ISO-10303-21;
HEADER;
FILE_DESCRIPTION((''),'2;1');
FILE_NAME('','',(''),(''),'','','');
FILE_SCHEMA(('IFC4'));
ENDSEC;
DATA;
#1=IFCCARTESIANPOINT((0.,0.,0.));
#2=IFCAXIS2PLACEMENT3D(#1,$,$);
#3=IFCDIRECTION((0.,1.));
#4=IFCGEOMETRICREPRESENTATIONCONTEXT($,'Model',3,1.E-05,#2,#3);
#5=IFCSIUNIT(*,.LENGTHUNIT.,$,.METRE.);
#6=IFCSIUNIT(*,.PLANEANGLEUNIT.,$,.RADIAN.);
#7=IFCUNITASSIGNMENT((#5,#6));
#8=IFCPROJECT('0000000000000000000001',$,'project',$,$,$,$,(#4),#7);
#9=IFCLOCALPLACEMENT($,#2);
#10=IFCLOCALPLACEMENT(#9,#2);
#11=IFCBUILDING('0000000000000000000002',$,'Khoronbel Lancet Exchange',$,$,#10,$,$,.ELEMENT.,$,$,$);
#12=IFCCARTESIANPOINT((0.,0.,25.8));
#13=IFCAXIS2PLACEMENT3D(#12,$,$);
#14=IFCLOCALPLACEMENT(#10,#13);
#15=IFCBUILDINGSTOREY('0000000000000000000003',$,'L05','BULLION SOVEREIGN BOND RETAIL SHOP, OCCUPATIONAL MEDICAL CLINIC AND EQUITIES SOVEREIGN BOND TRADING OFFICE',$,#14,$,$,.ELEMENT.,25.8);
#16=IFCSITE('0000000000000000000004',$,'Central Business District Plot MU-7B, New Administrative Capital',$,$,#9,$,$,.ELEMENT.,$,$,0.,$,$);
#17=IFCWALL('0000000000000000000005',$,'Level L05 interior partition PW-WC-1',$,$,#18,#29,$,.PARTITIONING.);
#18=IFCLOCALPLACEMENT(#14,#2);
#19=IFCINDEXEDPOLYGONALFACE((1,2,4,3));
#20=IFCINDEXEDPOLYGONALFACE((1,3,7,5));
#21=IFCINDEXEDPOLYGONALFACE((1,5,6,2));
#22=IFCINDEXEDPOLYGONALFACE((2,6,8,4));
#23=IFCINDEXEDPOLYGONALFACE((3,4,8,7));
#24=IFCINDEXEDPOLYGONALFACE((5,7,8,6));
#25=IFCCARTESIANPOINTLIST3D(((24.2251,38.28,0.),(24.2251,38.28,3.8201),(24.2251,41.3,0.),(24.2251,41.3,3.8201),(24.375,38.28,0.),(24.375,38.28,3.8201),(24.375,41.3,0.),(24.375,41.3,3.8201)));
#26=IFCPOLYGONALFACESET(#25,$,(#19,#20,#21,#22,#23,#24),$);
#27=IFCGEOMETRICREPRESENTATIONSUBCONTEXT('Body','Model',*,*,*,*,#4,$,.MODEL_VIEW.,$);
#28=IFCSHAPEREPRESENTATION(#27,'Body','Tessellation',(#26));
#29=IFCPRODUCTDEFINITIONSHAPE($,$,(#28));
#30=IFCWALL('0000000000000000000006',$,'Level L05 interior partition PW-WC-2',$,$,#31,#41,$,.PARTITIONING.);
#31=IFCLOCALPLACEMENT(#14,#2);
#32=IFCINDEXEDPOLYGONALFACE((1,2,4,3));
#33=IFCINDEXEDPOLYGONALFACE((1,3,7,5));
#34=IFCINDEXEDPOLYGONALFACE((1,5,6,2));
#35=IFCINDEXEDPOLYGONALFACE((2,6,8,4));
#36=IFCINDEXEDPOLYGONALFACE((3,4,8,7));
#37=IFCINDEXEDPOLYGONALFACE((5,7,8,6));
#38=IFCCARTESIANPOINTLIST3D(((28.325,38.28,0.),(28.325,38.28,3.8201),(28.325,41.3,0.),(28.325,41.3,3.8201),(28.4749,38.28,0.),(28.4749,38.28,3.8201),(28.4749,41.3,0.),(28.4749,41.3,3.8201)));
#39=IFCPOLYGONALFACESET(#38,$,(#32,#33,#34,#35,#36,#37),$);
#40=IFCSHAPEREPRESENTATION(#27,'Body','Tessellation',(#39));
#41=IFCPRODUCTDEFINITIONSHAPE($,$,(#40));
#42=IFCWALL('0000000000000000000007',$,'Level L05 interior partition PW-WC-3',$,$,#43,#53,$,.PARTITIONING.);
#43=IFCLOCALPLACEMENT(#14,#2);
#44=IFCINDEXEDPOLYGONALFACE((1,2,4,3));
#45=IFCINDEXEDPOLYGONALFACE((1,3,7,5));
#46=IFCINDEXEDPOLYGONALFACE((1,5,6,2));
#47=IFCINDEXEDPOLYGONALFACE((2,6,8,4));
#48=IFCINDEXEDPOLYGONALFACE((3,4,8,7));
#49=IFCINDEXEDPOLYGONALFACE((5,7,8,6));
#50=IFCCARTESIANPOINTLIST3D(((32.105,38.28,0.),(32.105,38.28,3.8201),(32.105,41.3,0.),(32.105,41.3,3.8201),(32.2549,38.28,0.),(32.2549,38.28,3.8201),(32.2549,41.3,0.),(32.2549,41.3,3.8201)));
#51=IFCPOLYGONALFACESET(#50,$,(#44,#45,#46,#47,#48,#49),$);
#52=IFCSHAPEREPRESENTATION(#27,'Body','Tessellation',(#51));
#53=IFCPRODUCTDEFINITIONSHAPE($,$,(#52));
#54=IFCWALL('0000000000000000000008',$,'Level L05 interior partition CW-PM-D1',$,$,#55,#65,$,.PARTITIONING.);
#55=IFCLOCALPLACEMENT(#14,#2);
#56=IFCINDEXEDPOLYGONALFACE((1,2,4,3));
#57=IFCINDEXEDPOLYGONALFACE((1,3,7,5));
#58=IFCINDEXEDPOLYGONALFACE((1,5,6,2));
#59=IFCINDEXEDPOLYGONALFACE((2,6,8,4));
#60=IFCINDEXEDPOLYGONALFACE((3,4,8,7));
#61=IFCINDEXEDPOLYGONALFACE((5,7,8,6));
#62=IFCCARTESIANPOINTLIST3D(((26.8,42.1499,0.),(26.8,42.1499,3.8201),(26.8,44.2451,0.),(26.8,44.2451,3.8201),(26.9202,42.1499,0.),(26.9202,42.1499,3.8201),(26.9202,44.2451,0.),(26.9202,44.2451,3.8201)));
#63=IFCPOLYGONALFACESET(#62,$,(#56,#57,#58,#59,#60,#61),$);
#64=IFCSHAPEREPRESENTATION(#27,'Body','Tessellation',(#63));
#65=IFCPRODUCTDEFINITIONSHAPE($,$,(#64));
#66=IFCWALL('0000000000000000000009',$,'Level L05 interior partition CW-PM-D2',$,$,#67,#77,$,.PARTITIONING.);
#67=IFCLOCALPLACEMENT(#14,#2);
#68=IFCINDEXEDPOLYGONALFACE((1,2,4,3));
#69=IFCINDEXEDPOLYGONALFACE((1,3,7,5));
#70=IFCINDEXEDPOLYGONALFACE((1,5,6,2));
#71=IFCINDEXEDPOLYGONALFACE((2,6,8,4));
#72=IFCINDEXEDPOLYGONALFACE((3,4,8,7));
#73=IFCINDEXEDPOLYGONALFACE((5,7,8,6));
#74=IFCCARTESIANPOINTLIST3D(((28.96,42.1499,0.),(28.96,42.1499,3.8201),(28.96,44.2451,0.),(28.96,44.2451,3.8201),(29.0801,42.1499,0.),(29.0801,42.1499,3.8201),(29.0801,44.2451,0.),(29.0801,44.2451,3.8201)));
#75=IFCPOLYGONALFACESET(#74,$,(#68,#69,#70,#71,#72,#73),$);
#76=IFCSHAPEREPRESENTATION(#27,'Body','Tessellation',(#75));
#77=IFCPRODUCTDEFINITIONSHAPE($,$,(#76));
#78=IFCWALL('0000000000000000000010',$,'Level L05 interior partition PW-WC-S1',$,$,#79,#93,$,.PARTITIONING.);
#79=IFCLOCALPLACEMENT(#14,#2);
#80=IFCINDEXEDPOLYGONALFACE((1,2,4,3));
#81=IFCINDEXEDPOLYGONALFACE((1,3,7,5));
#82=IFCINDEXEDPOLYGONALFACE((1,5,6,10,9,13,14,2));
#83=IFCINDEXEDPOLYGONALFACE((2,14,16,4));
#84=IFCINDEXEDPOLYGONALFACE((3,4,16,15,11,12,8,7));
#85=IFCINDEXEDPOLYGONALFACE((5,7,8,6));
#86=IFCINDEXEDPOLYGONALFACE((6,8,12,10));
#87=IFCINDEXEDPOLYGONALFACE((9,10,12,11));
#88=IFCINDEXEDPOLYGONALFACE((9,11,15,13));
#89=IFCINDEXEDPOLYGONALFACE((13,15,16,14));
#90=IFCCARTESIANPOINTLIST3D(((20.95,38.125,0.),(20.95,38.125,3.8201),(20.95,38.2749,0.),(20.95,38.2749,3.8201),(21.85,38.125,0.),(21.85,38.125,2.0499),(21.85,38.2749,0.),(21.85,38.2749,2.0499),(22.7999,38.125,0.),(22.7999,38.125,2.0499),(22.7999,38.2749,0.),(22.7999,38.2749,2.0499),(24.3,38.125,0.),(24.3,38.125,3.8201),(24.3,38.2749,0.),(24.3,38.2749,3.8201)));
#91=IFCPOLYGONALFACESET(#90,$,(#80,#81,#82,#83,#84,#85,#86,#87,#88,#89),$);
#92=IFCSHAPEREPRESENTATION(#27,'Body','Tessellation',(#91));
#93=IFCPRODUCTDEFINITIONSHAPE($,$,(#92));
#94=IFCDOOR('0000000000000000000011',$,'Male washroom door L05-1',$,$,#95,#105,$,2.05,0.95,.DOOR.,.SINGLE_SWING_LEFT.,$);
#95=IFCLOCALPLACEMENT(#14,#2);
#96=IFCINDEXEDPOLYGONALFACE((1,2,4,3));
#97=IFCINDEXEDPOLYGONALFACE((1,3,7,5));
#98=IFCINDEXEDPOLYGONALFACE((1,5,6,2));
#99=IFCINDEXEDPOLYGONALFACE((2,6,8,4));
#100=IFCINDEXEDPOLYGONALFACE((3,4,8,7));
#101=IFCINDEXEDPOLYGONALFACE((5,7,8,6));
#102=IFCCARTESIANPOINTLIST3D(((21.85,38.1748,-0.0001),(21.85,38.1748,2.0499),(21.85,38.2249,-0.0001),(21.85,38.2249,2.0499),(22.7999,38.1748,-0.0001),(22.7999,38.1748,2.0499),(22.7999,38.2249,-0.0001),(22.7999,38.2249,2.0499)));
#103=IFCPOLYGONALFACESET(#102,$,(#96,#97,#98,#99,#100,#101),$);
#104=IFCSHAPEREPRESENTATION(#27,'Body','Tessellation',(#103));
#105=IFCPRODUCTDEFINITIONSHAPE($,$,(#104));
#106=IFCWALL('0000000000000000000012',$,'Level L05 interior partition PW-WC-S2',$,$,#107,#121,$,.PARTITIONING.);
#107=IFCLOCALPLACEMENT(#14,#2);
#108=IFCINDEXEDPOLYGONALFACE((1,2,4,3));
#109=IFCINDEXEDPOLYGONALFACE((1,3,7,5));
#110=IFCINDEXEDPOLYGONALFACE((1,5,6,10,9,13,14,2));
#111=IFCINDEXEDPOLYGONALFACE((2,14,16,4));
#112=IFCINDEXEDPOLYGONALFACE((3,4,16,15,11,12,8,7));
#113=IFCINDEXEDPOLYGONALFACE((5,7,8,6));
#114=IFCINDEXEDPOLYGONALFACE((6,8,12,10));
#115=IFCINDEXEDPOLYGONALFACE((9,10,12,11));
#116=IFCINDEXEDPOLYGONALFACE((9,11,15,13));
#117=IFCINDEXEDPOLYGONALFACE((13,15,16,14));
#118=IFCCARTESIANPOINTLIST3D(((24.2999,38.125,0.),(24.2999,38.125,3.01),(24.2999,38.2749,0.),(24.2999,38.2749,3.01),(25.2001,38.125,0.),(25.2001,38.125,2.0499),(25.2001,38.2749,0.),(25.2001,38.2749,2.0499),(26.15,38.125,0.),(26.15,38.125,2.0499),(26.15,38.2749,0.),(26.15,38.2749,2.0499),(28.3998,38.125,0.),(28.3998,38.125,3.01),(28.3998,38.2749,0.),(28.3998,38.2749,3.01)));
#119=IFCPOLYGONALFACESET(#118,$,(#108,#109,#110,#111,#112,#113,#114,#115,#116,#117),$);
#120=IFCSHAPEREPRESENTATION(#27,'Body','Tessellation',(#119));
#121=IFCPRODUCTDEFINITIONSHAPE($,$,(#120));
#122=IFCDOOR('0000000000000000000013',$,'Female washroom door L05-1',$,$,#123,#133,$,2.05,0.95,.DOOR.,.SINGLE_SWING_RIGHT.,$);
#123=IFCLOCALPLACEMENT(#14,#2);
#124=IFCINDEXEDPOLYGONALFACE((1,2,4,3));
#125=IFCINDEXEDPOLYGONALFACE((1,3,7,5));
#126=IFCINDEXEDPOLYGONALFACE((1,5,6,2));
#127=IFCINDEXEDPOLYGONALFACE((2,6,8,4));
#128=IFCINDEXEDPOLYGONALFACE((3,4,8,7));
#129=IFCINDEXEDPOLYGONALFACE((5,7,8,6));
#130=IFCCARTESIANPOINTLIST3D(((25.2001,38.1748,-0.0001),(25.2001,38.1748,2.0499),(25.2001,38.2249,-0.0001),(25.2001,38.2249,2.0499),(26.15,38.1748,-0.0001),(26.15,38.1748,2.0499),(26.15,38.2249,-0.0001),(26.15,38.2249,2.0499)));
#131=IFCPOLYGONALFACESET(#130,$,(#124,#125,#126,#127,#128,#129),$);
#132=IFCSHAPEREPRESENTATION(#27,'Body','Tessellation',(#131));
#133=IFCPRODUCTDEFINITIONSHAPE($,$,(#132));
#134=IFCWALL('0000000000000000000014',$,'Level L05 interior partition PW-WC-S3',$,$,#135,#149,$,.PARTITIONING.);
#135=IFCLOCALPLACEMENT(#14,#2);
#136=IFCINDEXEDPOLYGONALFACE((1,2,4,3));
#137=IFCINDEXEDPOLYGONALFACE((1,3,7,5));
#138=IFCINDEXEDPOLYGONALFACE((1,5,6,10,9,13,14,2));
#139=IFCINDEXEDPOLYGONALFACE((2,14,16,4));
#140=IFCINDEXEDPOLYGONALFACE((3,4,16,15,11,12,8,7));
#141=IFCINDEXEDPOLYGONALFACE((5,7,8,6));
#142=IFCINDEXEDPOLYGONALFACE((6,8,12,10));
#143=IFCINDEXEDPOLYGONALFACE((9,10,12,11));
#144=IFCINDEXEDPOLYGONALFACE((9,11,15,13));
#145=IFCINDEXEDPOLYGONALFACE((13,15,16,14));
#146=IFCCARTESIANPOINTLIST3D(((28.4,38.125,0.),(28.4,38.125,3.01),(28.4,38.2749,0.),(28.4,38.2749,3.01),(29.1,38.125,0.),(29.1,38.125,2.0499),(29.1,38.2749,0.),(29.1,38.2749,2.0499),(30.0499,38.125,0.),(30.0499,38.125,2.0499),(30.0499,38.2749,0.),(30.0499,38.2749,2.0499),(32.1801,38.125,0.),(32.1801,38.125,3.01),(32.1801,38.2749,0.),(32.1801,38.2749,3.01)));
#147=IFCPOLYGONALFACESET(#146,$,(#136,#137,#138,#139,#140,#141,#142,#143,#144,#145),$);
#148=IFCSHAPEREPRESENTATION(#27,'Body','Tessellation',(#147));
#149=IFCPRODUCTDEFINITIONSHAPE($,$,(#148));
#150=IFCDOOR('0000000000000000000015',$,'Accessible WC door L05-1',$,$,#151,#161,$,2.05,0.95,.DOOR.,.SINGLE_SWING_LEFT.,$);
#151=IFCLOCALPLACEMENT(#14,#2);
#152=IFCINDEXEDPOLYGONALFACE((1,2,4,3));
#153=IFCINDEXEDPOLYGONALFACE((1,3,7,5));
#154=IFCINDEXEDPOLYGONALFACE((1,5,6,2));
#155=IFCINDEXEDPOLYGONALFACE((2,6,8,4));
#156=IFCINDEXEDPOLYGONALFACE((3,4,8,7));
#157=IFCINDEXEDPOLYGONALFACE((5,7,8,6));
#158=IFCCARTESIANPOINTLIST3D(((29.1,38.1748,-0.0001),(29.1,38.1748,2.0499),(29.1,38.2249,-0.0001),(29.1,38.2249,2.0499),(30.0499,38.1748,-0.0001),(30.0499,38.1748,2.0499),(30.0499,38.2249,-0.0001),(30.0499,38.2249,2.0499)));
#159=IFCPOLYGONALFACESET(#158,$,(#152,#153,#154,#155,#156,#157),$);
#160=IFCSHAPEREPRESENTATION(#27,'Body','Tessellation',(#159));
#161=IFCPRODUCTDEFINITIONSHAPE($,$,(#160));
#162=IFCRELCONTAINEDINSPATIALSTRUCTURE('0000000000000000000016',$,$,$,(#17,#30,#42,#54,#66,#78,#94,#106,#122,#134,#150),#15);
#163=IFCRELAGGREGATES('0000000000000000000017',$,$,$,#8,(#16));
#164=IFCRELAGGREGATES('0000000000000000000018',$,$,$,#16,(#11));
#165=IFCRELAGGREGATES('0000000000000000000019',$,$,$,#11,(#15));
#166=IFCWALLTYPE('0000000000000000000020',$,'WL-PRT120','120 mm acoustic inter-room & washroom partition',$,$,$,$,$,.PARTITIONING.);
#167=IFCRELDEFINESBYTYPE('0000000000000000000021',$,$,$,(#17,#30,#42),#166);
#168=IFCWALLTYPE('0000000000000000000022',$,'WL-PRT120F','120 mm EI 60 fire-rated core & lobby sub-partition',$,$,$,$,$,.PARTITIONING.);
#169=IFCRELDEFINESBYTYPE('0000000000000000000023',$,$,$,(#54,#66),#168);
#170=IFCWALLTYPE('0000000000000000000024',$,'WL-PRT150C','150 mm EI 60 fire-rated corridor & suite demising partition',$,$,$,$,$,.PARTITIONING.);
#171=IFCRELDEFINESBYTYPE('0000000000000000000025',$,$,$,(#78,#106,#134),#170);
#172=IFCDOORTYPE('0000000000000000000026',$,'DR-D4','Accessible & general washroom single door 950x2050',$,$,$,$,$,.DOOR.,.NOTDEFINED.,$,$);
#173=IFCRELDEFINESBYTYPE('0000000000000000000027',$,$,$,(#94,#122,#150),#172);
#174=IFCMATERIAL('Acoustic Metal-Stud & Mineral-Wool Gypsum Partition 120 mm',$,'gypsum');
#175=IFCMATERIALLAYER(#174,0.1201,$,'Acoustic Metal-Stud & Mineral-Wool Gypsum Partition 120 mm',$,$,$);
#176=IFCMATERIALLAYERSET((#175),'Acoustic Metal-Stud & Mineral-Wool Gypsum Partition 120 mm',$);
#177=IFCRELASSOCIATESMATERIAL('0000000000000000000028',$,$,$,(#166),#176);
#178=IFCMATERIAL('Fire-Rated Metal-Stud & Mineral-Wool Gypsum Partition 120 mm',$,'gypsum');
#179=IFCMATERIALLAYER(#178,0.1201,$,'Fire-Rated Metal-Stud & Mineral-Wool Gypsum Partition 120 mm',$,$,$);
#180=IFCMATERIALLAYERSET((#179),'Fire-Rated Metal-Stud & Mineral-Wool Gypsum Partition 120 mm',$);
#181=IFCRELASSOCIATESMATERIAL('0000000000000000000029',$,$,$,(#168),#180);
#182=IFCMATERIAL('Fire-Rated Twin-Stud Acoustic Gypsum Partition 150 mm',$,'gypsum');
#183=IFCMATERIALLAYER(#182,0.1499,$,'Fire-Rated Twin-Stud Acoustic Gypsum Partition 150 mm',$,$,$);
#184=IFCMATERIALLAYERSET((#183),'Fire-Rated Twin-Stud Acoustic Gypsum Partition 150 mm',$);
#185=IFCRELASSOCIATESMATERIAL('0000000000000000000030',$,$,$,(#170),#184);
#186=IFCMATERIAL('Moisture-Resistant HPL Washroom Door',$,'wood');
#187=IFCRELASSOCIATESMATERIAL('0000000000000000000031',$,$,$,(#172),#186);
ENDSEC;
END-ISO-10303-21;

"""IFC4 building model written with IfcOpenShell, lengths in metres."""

from ifc_helpers import new_model, si_unit, direction, frame, frame_2d, origin, place, context, subcontext, project, spatial, rectangle, extrude, material, layer, layer_set, type_object, element, fill, save


model = new_model("IFC4")

# Units and contexts
model_context = context("Model", 3, precision=1e-05, world=origin(), true_north=direction((0.0, 1.0)))
body_context = subcontext(model_context, "Body", "Model", "MODEL_VIEW")
ifc_project = project(units=[si_unit("LENGTHUNIT", "METRE"), si_unit("PLANEANGLEUNIT", "RADIAN")], contexts=[model_context])

# Site, building, storey
site_placement = place(None, origin())
site = spatial("IfcSite", under=ifc_project, at=site_placement, Name="Central Business District Plot MU-7B, New Administrative Capital", CompositionType="ELEMENT", RefElevation=0.0)
building_placement = place(site_placement, origin())
building = spatial("IfcBuilding", under=site, at=building_placement, Name="Khoronbel Lancet Exchange", CompositionType="ELEMENT")
storey_placement = place(building_placement, frame((0.0, 0.0, 25.8)))
storey = spatial("IfcBuildingStorey", under=building, at=storey_placement, Name="L05", Description="BULLION SOVEREIGN BOND RETAIL SHOP, OCCUPATIONAL MEDICAL CLINIC AND EQUITIES SOVEREIGN BOND TRADING OFFICE", CompositionType="ELEMENT", Elevation=25.8)

# Walls
ifc_material_1 = material(Name="Acoustic Metal-Stud & Mineral-Wool Gypsum Partition 120 mm", Category="gypsum")
ifc_layer_1 = layer(ifc_material_1, 0.1201, Name="Acoustic Metal-Stud & Mineral-Wool Gypsum Partition 120 mm")
ifc_layer_set_1 = layer_set([ifc_layer_1], Name="Acoustic Metal-Stud & Mineral-Wool Gypsum Partition 120 mm")
wall_type_1 = type_object("IfcWallType", Name="WL-PRT120", Description="120 mm acoustic inter-room & washroom partition", PredefinedType="PARTITIONING", material=ifc_layer_set_1)
for number, where, z_axis, x_axis, name in (
    (1, (24.3, 38.28, 0.0), (0.0, 0.0, 1.0), (0.0, 1.0, 0.0), "Level L05 interior partition PW-WC-1"),
    (2, (28.3999, 38.28, 0.0), (0.0, 0.0, 1.0), (0.0, 1.0, 0.0), "Level L05 interior partition PW-WC-2"),
    (3, (32.1799, 38.28, 0.0), (0.0, 0.0, 1.0), (0.0, 1.0, 0.0), "Level L05 interior partition PW-WC-3"),
):
    element("IfcWall", number, at=place(storey_placement, frame(where, z_axis=z_axis, x_axis=x_axis)), inside=storey, type_object=wall_type_1, Name=name, PredefinedType="PARTITIONING", context=body_context, shape_type="SweptSolid", body=[
        extrude(rectangle(XDim=3.02, YDim=0.1499, at=frame_2d((1.51, 0.0))), origin(), (0.0, 0.0, 1.0), 3.8201),
    ])
ifc_material_2 = material(Name="Fire-Rated Metal-Stud & Mineral-Wool Gypsum Partition 120 mm", Category="gypsum")
ifc_layer_2 = layer(ifc_material_2, 0.1201, Name="Fire-Rated Metal-Stud & Mineral-Wool Gypsum Partition 120 mm")
ifc_layer_set_2 = layer_set([ifc_layer_2], Name="Fire-Rated Metal-Stud & Mineral-Wool Gypsum Partition 120 mm")
wall_type_2 = type_object("IfcWallType", Name="WL-PRT120F", Description="120 mm EI 60 fire-rated core & lobby sub-partition", PredefinedType="PARTITIONING", material=ifc_layer_set_2)
for number, where, z_axis, x_axis, name in (
    (4, (26.8601, 42.1499, 0.0), (0.0, 0.0, 1.0), (0.0, 1.0, 0.0), "Level L05 interior partition CW-PM-D1"),
    (5, (29.02, 42.1499, 0.0), (0.0, 0.0, 1.0), (0.0, 1.0, 0.0), "Level L05 interior partition CW-PM-D2"),
):
    element("IfcWall", number, at=place(storey_placement, frame(where, z_axis=z_axis, x_axis=x_axis)), inside=storey, type_object=wall_type_2, Name=name, PredefinedType="PARTITIONING", context=body_context, shape_type="SweptSolid", body=[
        extrude(rectangle(XDim=2.0952, YDim=0.1201, at=frame_2d((1.0476, 0.0))), origin(), (0.0, 0.0, 1.0), 3.8201),
    ])

# Walls, openings, doors
ifc_material_3 = material(Name="Fire-Rated Twin-Stud Acoustic Gypsum Partition 150 mm", Category="gypsum")
ifc_layer_3 = layer(ifc_material_3, 0.1499, Name="Fire-Rated Twin-Stud Acoustic Gypsum Partition 150 mm")
ifc_layer_set_3 = layer_set([ifc_layer_3], Name="Fire-Rated Twin-Stud Acoustic Gypsum Partition 150 mm")
wall_type_3 = type_object("IfcWallType", Name="WL-PRT150C", Description="150 mm EI 60 fire-rated corridor & suite demising partition", PredefinedType="PARTITIONING", material=ifc_layer_set_3)
wall_1_placement = place(storey_placement, frame((20.95, 38.2, 0.0), z_axis=(0.0, 0.0, 1.0), x_axis=(1.0, 0.0, 0.0)))
wall_1 = element("IfcWall", 6, at=wall_1_placement, inside=storey, type_object=wall_type_3, Name="Level L05 interior partition PW-WC-S1", PredefinedType="PARTITIONING", context=body_context, shape_type="SweptSolid", body=[
    extrude(rectangle(XDim=3.3501, YDim=0.1499, at=frame_2d((1.675, 0.0))), origin(), (0.0, 0.0, 1.0), 3.8201),
])
opening_1_placement = place(wall_1_placement, frame((0.8999, 0.0, 0.0)))
opening_1 = element("IfcOpeningElement", 7, at=opening_1_placement, cuts=wall_1, PredefinedType="OPENING", context=body_context, shape_type="SweptSolid", body=[
    extrude(rectangle(XDim=0.95, YDim=2.05, at=frame_2d((0.4751, 1.0249))), frame((0.0, 0.085, 0.0), z_axis=(0.0, -1.0, 0.0), x_axis=(1.0, 0.0, 0.0)), (0.0, 0.0, 1.0), 0.1699),
])
ifc_material_4 = material(Name="Moisture-Resistant HPL Washroom Door", Category="wood")
door_type_1 = type_object("IfcDoorType", Name="DR-D4", Description="Accessible & general washroom single door 950x2050", OperationType="NOTDEFINED", PredefinedType="DOOR", material=ifc_material_4)
door_1_placement = place(opening_1_placement, origin())
door_1 = element("IfcDoor", 8, at=door_1_placement, inside=storey, type_object=door_type_1, Name="Male washroom door L05-1", OperationType="SINGLE_SWING_LEFT", OverallHeight=2.05, OverallWidth=0.95, PredefinedType="DOOR", context=body_context, shape_type="SweptSolid", body=[
    extrude(rectangle(XDim=0.95, YDim=2.05, at=frame_2d((0.4751, 1.0249))), frame((0.0, 0.0249, 0.0), z_axis=(0.0, -1.0, 0.0), x_axis=(1.0, 0.0, 0.0)), (0.0, 0.0, 1.0), 0.05),
])
fill(opening_1, door_1)
wall_2_placement = place(storey_placement, frame((24.3, 38.2, 0.0), z_axis=(0.0, 0.0, 1.0), x_axis=(1.0, 0.0, 0.0)))
wall_2 = element("IfcWall", 9, at=wall_2_placement, inside=storey, type_object=wall_type_3, Name="Level L05 interior partition PW-WC-S2", PredefinedType="PARTITIONING", context=body_context, shape_type="SweptSolid", body=[
    extrude(rectangle(XDim=4.0999, YDim=0.1499, at=frame_2d((2.0498, 0.0))), origin(), (0.0, 0.0, 1.0), 3.01),
])
opening_2_placement = place(wall_2_placement, frame((0.8999, 0.0, 0.0)))
opening_2 = element("IfcOpeningElement", 10, at=opening_2_placement, cuts=wall_2, PredefinedType="OPENING", context=body_context, shape_type="SweptSolid", body=[
    extrude(rectangle(XDim=0.95, YDim=2.05, at=frame_2d((0.4751, 1.0249))), frame((0.0, 0.085, 0.0), z_axis=(0.0, -1.0, 0.0), x_axis=(1.0, 0.0, 0.0)), (0.0, 0.0, 1.0), 0.1699),
])
door_2_placement = place(opening_2_placement, origin())
door_2 = element("IfcDoor", 11, at=door_2_placement, inside=storey, type_object=door_type_1, Name="Female washroom door L05-1", OperationType="SINGLE_SWING_RIGHT", OverallHeight=2.05, OverallWidth=0.95, PredefinedType="DOOR", context=body_context, shape_type="SweptSolid", body=[
    extrude(rectangle(XDim=0.95, YDim=2.05, at=frame_2d((0.4751, 1.0249))), frame((0.0, 0.0249, 0.0), z_axis=(0.0, -1.0, 0.0), x_axis=(1.0, 0.0, 0.0)), (0.0, 0.0, 1.0), 0.05),
])
fill(opening_2, door_2)
wall_3_placement = place(storey_placement, frame((28.3999, 38.2, 0.0), z_axis=(0.0, 0.0, 1.0), x_axis=(1.0, 0.0, 0.0)))
wall_3 = element("IfcWall", 12, at=wall_3_placement, inside=storey, type_object=wall_type_3, Name="Level L05 interior partition PW-WC-S3", PredefinedType="PARTITIONING", context=body_context, shape_type="SweptSolid", body=[
    extrude(rectangle(XDim=3.78, YDim=0.1499, at=frame_2d((1.8901, 0.0))), origin(), (0.0, 0.0, 1.0), 3.01),
])
opening_3_placement = place(wall_3_placement, frame((0.7, 0.0, 0.0)))
opening_3 = element("IfcOpeningElement", 13, at=opening_3_placement, cuts=wall_3, PredefinedType="OPENING", context=body_context, shape_type="SweptSolid", body=[
    extrude(rectangle(XDim=0.95, YDim=2.05, at=frame_2d((0.4751, 1.0249))), frame((0.0, 0.085, 0.0), z_axis=(0.0, -1.0, 0.0), x_axis=(1.0, 0.0, 0.0)), (0.0, 0.0, 1.0), 0.1699),
])
door_3_placement = place(opening_3_placement, origin())
door_3 = element("IfcDoor", 14, at=door_3_placement, inside=storey, type_object=door_type_1, Name="Accessible WC door L05-1", OperationType="SINGLE_SWING_LEFT", OverallHeight=2.05, OverallWidth=0.95, PredefinedType="DOOR", context=body_context, shape_type="SweptSolid", body=[
    extrude(rectangle(XDim=0.95, YDim=2.05, at=frame_2d((0.4751, 1.0249))), frame((0.0, 0.0249, 0.0), z_axis=(0.0, -1.0, 0.0), x_axis=(1.0, 0.0, 0.0)), (0.0, 0.0, 1.0), 0.05),
])
fill(opening_3, door_3)

save(model, "model.ifc")
